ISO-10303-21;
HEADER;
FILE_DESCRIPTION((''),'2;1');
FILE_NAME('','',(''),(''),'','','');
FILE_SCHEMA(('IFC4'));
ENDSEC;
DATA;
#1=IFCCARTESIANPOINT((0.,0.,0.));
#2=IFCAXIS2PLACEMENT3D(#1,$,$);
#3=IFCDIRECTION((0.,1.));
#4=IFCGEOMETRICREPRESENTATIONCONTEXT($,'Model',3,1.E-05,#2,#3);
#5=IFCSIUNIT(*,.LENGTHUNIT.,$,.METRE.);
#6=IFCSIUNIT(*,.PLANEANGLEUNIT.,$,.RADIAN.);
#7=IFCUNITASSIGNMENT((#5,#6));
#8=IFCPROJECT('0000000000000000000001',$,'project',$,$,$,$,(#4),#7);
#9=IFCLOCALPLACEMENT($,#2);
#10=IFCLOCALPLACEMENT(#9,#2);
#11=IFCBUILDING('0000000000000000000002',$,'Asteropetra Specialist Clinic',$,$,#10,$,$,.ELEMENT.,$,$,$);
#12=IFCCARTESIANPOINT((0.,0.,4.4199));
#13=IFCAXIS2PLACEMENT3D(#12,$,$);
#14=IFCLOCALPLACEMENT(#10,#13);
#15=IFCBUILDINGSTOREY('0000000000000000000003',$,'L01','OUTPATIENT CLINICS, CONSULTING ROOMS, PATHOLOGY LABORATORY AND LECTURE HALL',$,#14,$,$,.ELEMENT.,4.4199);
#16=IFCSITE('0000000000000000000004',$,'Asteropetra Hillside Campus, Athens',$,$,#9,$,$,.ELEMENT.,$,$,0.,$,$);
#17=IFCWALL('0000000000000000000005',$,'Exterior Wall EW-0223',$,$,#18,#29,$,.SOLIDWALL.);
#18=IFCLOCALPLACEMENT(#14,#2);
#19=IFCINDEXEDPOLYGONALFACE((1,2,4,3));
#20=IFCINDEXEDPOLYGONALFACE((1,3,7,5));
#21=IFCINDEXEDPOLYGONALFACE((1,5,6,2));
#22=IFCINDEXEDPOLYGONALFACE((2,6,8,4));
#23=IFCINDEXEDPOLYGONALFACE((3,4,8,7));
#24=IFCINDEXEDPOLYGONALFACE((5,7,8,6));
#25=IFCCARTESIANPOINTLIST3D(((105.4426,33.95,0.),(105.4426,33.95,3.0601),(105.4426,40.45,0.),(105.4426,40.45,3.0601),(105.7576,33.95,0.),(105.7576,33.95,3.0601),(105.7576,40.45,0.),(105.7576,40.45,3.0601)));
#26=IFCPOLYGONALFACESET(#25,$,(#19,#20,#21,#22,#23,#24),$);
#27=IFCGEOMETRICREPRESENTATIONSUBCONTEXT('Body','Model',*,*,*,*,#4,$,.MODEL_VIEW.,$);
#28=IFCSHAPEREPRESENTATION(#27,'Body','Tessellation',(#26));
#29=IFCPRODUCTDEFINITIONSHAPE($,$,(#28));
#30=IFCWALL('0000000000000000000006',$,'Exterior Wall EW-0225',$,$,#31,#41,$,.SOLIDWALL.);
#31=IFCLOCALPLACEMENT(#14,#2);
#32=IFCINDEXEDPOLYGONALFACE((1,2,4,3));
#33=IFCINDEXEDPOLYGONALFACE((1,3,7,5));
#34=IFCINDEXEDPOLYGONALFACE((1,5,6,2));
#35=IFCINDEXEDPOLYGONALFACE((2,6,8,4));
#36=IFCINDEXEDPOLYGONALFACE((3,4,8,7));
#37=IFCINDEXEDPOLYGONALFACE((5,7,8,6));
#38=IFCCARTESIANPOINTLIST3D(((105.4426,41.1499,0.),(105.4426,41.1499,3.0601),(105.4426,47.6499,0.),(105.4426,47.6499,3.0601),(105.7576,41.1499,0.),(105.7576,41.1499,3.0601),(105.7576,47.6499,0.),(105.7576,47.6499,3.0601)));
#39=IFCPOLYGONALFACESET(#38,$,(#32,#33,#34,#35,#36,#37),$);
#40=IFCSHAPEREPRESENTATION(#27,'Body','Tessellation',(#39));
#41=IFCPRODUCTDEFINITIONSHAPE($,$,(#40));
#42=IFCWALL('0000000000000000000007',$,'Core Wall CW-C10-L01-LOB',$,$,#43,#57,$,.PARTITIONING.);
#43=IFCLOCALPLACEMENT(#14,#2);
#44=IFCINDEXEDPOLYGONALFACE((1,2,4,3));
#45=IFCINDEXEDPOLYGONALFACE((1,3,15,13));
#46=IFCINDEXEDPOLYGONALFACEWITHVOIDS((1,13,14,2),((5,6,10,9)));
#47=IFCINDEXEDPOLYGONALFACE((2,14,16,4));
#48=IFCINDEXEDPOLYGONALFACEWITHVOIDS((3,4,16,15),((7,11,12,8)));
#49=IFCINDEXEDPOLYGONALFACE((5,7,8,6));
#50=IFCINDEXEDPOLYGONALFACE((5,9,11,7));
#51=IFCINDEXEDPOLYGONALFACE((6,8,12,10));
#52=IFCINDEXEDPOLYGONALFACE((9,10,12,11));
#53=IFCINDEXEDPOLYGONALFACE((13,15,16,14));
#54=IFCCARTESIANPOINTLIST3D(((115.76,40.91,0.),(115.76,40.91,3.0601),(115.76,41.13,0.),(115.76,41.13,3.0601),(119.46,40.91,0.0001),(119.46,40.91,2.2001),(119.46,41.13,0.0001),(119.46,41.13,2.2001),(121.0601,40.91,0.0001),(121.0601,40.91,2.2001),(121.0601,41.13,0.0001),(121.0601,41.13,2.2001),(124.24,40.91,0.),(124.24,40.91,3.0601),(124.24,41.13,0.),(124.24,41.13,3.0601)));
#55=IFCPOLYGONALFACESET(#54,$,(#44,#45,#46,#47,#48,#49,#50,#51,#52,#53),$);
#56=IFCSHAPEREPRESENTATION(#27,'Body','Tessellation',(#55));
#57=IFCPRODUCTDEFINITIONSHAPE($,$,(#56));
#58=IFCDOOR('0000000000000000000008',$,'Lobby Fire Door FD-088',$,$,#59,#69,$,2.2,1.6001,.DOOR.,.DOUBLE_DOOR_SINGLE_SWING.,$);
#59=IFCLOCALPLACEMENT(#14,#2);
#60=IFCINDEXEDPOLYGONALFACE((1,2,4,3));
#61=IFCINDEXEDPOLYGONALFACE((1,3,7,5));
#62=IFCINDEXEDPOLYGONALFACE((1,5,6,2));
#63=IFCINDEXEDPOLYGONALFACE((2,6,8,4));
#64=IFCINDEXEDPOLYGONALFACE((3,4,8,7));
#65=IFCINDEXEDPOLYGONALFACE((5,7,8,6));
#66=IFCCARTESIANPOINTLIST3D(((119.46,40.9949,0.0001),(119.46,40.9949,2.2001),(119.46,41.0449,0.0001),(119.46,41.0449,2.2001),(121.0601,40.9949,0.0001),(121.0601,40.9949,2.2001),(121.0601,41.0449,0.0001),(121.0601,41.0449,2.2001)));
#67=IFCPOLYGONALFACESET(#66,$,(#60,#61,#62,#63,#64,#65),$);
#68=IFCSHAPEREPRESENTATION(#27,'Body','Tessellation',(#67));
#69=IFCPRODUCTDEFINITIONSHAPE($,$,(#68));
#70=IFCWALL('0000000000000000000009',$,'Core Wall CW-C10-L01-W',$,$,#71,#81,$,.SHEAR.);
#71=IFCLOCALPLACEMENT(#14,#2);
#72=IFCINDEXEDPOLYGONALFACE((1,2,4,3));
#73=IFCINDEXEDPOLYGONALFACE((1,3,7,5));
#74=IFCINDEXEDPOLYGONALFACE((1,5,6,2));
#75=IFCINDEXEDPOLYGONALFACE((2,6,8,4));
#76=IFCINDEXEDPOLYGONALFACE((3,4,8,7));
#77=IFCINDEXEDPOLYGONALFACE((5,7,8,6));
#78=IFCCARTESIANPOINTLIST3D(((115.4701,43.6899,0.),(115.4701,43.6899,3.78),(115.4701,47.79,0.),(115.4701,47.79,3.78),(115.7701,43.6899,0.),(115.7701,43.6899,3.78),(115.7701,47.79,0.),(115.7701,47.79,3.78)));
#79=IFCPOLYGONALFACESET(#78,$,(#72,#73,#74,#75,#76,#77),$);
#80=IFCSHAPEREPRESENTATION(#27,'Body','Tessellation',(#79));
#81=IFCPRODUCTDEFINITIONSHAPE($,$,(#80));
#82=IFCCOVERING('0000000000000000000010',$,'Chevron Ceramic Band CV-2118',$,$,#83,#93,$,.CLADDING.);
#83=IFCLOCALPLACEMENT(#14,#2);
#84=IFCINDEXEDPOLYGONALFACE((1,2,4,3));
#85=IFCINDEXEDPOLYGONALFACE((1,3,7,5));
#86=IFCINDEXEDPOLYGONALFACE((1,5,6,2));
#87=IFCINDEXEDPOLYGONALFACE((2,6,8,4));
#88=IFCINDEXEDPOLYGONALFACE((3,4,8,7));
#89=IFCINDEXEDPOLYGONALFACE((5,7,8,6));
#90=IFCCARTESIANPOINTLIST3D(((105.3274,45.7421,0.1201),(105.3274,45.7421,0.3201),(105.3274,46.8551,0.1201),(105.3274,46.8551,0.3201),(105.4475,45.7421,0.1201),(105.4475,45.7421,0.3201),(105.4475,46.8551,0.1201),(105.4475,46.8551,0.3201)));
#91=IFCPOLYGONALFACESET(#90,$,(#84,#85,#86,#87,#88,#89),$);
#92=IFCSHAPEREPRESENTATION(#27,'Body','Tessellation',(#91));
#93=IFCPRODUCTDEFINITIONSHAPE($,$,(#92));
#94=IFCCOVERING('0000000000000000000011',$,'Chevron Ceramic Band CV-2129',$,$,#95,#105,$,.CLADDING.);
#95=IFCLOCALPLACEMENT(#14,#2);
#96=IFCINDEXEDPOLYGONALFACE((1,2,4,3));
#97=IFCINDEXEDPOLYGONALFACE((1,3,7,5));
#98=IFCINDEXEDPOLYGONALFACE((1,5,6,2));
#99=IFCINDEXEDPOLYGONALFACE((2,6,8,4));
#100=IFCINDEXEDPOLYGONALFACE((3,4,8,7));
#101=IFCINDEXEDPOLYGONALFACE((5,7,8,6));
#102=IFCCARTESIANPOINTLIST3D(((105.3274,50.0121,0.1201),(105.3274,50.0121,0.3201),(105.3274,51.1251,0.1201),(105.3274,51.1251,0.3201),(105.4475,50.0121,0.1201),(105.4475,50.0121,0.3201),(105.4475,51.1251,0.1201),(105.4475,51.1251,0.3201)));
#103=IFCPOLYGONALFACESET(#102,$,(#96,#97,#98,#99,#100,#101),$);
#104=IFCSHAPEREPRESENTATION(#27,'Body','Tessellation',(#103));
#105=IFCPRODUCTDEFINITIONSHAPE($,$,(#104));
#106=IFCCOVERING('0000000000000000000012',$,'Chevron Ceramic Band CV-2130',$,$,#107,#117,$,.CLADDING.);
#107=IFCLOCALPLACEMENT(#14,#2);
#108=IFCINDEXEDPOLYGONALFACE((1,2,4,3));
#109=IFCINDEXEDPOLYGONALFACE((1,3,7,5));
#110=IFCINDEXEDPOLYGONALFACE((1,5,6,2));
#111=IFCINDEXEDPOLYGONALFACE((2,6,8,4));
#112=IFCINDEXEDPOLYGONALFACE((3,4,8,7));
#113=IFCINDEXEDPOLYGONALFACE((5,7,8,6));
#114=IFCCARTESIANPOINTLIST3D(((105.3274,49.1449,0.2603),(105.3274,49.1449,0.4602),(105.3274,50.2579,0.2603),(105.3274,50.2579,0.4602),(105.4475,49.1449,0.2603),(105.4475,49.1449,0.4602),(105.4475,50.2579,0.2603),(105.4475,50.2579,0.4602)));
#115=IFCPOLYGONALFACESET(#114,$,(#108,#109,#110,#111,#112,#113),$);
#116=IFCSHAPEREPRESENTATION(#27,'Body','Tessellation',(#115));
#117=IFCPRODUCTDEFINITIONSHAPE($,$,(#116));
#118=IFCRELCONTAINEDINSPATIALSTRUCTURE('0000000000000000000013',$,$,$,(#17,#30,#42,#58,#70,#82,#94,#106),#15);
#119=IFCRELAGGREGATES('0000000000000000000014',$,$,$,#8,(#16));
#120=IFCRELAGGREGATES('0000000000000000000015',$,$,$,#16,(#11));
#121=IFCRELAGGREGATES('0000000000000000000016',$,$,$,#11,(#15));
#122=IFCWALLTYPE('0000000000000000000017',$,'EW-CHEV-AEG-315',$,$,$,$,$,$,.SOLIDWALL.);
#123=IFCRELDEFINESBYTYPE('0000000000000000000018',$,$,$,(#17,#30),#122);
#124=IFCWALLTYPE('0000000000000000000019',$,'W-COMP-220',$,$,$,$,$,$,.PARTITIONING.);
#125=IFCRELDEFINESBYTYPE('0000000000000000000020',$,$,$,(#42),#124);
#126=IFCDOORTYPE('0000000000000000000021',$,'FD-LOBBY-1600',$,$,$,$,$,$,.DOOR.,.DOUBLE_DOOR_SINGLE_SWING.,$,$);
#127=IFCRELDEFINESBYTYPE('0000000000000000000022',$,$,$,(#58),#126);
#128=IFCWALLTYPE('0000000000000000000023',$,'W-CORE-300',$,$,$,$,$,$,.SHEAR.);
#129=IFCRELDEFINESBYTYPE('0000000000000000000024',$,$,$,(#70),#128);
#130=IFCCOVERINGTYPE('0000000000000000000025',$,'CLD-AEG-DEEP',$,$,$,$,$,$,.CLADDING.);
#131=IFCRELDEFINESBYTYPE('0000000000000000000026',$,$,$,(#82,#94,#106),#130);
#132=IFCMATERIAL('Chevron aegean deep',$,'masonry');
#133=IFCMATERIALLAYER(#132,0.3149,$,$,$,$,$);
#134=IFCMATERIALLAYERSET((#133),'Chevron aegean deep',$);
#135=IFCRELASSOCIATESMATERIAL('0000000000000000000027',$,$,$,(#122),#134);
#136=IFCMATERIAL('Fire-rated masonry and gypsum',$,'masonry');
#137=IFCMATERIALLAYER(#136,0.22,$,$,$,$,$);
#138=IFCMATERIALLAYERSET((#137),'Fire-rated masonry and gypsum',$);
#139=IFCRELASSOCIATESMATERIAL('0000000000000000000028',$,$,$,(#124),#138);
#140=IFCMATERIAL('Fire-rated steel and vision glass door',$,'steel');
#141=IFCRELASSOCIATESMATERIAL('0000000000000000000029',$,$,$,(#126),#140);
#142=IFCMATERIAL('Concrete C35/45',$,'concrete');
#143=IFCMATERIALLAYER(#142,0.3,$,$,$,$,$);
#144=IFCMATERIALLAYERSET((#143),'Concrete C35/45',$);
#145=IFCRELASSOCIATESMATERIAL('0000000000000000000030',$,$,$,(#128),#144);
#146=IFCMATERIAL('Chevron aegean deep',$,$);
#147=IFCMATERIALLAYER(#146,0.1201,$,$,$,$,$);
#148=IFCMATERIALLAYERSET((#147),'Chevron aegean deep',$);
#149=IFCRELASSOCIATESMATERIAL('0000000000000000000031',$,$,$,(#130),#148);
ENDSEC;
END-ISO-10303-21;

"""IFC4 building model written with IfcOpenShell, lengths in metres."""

from ifc_helpers import new_model, si_unit, direction, frame, frame_2d, origin, origin_2d, place, context, subcontext, project, spatial, rectangle, extrude, material, layer, layer_set, type_object, element, fill, save


model = new_model("IFC4")

# Units and contexts
model_context = context("Model", 3, precision=1e-05, world=origin(), true_north=direction((0.0, 1.0)))
body_context = subcontext(model_context, "Body", "Model", "MODEL_VIEW")
ifc_project = project(units=[si_unit("LENGTHUNIT", "METRE"), si_unit("PLANEANGLEUNIT", "RADIAN")], contexts=[model_context])

# Site, building, storey
site_placement = place(None, origin())
site = spatial("IfcSite", under=ifc_project, at=site_placement, Name="Asteropetra Hillside Campus, Athens", CompositionType="ELEMENT", RefElevation=0.0)
building_placement = place(site_placement, origin())
building = spatial("IfcBuilding", under=site, at=building_placement, Name="Asteropetra Specialist Clinic", CompositionType="ELEMENT")
storey_placement = place(building_placement, frame((0.0, 0.0, 4.4199)))
storey = spatial("IfcBuildingStorey", under=building, at=storey_placement, Name="L01", Description="OUTPATIENT CLINICS, CONSULTING ROOMS, PATHOLOGY LABORATORY AND LECTURE HALL", CompositionType="ELEMENT", Elevation=4.4199)

# Walls
ifc_material_1 = material(Name="Chevron aegean deep", Category="masonry")
ifc_layer_1 = layer(ifc_material_1, 0.3149)
ifc_layer_set_1 = layer_set([ifc_layer_1], Name="Chevron aegean deep")
wall_type_1 = type_object("IfcWallType", Name="EW-CHEV-AEG-315", PredefinedType="SOLIDWALL", material=ifc_layer_set_1)
for number, where, z_axis, x_axis, name in (
    (1, (105.6001, 40.45, 0.0), (0.0, 0.0, 1.0), (0.0, -1.0, 0.0), "Exterior Wall EW-0223"),
    (2, (105.6001, 47.6499, 0.0), (0.0, 0.0, 1.0), (0.0, -1.0, 0.0), "Exterior Wall EW-0225"),
):
    element("IfcWall", number, at=place(storey_placement, frame(where, z_axis=z_axis, x_axis=x_axis)), inside=storey, type_object=wall_type_1, Name=name, PredefinedType="SOLIDWALL", context=body_context, shape_type="SweptSolid", body=[
        extrude(rectangle(XDim=6.5, YDim=0.3149, at=frame_2d((3.25, 0.0))), origin(), (0.0, 0.0, 1.0), 3.0601),
    ])

# Wall, opening, door
ifc_material_2 = material(Name="Fire-rated masonry and gypsum", Category="masonry")
ifc_layer_2 = layer(ifc_material_2, 0.22)
ifc_layer_set_2 = layer_set([ifc_layer_2], Name="Fire-rated masonry and gypsum")
wall_type_2 = type_object("IfcWallType", Name="W-COMP-220", PredefinedType="PARTITIONING", material=ifc_layer_set_2)
wall_1_placement = place(storey_placement, frame((115.76, 41.02, 0.0), z_axis=(0.0, 0.0, 1.0), x_axis=(1.0, 0.0, 0.0)))
wall_1 = element("IfcWall", 3, at=wall_1_placement, inside=storey, type_object=wall_type_2, Name="Core Wall CW-C10-L01-LOB", PredefinedType="PARTITIONING", context=body_context, shape_type="SweptSolid", body=[
    extrude(rectangle(XDim=8.48, YDim=0.22, at=frame_2d((4.24, 0.0))), origin(), (0.0, 0.0, 1.0), 3.0601),
])
opening_placement = place(wall_1_placement, frame((3.7, 0.0, 0.0)))
opening = element("IfcOpeningElement", 4, at=opening_placement, cuts=wall_1, PredefinedType="OPENING", context=body_context, shape_type="SweptSolid", body=[
    extrude(rectangle(XDim=1.6001, YDim=2.2, at=frame_2d((0.8, 1.1001))), frame((0.0, 0.1199, 0.0), z_axis=(0.0, -1.0, 0.0), x_axis=(1.0, 0.0, 0.0)), (0.0, 0.0, 1.0), 0.24),
])
ifc_material_3 = material(Name="Fire-rated steel and vision glass door", Category="steel")
door_type = type_object("IfcDoorType", Name="FD-LOBBY-1600", OperationType="DOUBLE_DOOR_SINGLE_SWING", PredefinedType="DOOR", material=ifc_material_3)
door_placement = place(opening_placement, origin())
door = element("IfcDoor", 5, at=door_placement, inside=storey, type_object=door_type, Name="Lobby Fire Door FD-088", OperationType="DOUBLE_DOOR_SINGLE_SWING", OverallHeight=2.2, OverallWidth=1.6001, PredefinedType="DOOR", context=body_context, shape_type="SweptSolid", body=[
    extrude(rectangle(XDim=1.6001, YDim=2.2, at=frame_2d((0.8, 1.1001))), frame((0.0, 0.0249, 0.0), z_axis=(0.0, -1.0, 0.0), x_axis=(1.0, 0.0, 0.0)), (0.0, 0.0, 1.0), 0.05),
])
fill(opening, door)

# Wall
ifc_material_4 = material(Name="Concrete C35/45", Category="concrete")
ifc_layer_3 = layer(ifc_material_4, 0.3)
ifc_layer_set_3 = layer_set([ifc_layer_3], Name="Concrete C35/45")
wall_type_3 = type_object("IfcWallType", Name="W-CORE-300", PredefinedType="SHEAR", material=ifc_layer_set_3)
wall_2_placement = place(storey_placement, frame((115.6201, 43.6899, 0.0), z_axis=(0.0, 0.0, 1.0), x_axis=(0.0, 1.0, 0.0)))
element("IfcWall", 6, at=wall_2_placement, inside=storey, type_object=wall_type_3, Name="Core Wall CW-C10-L01-W", PredefinedType="SHEAR", context=body_context, shape_type="SweptSolid", body=[
    extrude(rectangle(XDim=4.1001, YDim=0.3, at=frame_2d((2.05, 0.0))), origin(), (0.0, 0.0, 1.0), 3.78),
])

# Coverings
ifc_material_5 = material(Name="Chevron aegean deep")
ifc_layer_4 = layer(ifc_material_5, 0.1201)
ifc_layer_set_4 = layer_set([ifc_layer_4], Name="Chevron aegean deep")
covering_type = type_object("IfcCoveringType", Name="CLD-AEG-DEEP", PredefinedType="CLADDING", material=ifc_layer_set_4)
for number, where, z_axis, x_axis, name in (
    (7, (105.3875, 46.2986, 0.1201), (0.0, 0.0, 1.0), (1.0, 0.0, 0.0), "Chevron Ceramic Band CV-2118"),
    (8, (105.3875, 50.5686, 0.1201), (0.0, 0.0, 1.0), (1.0, 0.0, 0.0), "Chevron Ceramic Band CV-2129"),
    (9, (105.3875, 49.7014, 0.2603), (0.0, 0.0, 1.0), (1.0, 0.0, 0.0), "Chevron Ceramic Band CV-2130"),
):
    element("IfcCovering", number, at=place(storey_placement, frame(where, z_axis=z_axis, x_axis=x_axis)), inside=storey, type_object=covering_type, Name=name, PredefinedType="CLADDING", context=body_context, shape_type="SweptSolid", body=[
        extrude(rectangle(XDim=0.1201, YDim=1.113, at=origin_2d()), origin(), (0.0, 0.0, 1.0), 0.2),
    ])

save(model, "model.ifc")
